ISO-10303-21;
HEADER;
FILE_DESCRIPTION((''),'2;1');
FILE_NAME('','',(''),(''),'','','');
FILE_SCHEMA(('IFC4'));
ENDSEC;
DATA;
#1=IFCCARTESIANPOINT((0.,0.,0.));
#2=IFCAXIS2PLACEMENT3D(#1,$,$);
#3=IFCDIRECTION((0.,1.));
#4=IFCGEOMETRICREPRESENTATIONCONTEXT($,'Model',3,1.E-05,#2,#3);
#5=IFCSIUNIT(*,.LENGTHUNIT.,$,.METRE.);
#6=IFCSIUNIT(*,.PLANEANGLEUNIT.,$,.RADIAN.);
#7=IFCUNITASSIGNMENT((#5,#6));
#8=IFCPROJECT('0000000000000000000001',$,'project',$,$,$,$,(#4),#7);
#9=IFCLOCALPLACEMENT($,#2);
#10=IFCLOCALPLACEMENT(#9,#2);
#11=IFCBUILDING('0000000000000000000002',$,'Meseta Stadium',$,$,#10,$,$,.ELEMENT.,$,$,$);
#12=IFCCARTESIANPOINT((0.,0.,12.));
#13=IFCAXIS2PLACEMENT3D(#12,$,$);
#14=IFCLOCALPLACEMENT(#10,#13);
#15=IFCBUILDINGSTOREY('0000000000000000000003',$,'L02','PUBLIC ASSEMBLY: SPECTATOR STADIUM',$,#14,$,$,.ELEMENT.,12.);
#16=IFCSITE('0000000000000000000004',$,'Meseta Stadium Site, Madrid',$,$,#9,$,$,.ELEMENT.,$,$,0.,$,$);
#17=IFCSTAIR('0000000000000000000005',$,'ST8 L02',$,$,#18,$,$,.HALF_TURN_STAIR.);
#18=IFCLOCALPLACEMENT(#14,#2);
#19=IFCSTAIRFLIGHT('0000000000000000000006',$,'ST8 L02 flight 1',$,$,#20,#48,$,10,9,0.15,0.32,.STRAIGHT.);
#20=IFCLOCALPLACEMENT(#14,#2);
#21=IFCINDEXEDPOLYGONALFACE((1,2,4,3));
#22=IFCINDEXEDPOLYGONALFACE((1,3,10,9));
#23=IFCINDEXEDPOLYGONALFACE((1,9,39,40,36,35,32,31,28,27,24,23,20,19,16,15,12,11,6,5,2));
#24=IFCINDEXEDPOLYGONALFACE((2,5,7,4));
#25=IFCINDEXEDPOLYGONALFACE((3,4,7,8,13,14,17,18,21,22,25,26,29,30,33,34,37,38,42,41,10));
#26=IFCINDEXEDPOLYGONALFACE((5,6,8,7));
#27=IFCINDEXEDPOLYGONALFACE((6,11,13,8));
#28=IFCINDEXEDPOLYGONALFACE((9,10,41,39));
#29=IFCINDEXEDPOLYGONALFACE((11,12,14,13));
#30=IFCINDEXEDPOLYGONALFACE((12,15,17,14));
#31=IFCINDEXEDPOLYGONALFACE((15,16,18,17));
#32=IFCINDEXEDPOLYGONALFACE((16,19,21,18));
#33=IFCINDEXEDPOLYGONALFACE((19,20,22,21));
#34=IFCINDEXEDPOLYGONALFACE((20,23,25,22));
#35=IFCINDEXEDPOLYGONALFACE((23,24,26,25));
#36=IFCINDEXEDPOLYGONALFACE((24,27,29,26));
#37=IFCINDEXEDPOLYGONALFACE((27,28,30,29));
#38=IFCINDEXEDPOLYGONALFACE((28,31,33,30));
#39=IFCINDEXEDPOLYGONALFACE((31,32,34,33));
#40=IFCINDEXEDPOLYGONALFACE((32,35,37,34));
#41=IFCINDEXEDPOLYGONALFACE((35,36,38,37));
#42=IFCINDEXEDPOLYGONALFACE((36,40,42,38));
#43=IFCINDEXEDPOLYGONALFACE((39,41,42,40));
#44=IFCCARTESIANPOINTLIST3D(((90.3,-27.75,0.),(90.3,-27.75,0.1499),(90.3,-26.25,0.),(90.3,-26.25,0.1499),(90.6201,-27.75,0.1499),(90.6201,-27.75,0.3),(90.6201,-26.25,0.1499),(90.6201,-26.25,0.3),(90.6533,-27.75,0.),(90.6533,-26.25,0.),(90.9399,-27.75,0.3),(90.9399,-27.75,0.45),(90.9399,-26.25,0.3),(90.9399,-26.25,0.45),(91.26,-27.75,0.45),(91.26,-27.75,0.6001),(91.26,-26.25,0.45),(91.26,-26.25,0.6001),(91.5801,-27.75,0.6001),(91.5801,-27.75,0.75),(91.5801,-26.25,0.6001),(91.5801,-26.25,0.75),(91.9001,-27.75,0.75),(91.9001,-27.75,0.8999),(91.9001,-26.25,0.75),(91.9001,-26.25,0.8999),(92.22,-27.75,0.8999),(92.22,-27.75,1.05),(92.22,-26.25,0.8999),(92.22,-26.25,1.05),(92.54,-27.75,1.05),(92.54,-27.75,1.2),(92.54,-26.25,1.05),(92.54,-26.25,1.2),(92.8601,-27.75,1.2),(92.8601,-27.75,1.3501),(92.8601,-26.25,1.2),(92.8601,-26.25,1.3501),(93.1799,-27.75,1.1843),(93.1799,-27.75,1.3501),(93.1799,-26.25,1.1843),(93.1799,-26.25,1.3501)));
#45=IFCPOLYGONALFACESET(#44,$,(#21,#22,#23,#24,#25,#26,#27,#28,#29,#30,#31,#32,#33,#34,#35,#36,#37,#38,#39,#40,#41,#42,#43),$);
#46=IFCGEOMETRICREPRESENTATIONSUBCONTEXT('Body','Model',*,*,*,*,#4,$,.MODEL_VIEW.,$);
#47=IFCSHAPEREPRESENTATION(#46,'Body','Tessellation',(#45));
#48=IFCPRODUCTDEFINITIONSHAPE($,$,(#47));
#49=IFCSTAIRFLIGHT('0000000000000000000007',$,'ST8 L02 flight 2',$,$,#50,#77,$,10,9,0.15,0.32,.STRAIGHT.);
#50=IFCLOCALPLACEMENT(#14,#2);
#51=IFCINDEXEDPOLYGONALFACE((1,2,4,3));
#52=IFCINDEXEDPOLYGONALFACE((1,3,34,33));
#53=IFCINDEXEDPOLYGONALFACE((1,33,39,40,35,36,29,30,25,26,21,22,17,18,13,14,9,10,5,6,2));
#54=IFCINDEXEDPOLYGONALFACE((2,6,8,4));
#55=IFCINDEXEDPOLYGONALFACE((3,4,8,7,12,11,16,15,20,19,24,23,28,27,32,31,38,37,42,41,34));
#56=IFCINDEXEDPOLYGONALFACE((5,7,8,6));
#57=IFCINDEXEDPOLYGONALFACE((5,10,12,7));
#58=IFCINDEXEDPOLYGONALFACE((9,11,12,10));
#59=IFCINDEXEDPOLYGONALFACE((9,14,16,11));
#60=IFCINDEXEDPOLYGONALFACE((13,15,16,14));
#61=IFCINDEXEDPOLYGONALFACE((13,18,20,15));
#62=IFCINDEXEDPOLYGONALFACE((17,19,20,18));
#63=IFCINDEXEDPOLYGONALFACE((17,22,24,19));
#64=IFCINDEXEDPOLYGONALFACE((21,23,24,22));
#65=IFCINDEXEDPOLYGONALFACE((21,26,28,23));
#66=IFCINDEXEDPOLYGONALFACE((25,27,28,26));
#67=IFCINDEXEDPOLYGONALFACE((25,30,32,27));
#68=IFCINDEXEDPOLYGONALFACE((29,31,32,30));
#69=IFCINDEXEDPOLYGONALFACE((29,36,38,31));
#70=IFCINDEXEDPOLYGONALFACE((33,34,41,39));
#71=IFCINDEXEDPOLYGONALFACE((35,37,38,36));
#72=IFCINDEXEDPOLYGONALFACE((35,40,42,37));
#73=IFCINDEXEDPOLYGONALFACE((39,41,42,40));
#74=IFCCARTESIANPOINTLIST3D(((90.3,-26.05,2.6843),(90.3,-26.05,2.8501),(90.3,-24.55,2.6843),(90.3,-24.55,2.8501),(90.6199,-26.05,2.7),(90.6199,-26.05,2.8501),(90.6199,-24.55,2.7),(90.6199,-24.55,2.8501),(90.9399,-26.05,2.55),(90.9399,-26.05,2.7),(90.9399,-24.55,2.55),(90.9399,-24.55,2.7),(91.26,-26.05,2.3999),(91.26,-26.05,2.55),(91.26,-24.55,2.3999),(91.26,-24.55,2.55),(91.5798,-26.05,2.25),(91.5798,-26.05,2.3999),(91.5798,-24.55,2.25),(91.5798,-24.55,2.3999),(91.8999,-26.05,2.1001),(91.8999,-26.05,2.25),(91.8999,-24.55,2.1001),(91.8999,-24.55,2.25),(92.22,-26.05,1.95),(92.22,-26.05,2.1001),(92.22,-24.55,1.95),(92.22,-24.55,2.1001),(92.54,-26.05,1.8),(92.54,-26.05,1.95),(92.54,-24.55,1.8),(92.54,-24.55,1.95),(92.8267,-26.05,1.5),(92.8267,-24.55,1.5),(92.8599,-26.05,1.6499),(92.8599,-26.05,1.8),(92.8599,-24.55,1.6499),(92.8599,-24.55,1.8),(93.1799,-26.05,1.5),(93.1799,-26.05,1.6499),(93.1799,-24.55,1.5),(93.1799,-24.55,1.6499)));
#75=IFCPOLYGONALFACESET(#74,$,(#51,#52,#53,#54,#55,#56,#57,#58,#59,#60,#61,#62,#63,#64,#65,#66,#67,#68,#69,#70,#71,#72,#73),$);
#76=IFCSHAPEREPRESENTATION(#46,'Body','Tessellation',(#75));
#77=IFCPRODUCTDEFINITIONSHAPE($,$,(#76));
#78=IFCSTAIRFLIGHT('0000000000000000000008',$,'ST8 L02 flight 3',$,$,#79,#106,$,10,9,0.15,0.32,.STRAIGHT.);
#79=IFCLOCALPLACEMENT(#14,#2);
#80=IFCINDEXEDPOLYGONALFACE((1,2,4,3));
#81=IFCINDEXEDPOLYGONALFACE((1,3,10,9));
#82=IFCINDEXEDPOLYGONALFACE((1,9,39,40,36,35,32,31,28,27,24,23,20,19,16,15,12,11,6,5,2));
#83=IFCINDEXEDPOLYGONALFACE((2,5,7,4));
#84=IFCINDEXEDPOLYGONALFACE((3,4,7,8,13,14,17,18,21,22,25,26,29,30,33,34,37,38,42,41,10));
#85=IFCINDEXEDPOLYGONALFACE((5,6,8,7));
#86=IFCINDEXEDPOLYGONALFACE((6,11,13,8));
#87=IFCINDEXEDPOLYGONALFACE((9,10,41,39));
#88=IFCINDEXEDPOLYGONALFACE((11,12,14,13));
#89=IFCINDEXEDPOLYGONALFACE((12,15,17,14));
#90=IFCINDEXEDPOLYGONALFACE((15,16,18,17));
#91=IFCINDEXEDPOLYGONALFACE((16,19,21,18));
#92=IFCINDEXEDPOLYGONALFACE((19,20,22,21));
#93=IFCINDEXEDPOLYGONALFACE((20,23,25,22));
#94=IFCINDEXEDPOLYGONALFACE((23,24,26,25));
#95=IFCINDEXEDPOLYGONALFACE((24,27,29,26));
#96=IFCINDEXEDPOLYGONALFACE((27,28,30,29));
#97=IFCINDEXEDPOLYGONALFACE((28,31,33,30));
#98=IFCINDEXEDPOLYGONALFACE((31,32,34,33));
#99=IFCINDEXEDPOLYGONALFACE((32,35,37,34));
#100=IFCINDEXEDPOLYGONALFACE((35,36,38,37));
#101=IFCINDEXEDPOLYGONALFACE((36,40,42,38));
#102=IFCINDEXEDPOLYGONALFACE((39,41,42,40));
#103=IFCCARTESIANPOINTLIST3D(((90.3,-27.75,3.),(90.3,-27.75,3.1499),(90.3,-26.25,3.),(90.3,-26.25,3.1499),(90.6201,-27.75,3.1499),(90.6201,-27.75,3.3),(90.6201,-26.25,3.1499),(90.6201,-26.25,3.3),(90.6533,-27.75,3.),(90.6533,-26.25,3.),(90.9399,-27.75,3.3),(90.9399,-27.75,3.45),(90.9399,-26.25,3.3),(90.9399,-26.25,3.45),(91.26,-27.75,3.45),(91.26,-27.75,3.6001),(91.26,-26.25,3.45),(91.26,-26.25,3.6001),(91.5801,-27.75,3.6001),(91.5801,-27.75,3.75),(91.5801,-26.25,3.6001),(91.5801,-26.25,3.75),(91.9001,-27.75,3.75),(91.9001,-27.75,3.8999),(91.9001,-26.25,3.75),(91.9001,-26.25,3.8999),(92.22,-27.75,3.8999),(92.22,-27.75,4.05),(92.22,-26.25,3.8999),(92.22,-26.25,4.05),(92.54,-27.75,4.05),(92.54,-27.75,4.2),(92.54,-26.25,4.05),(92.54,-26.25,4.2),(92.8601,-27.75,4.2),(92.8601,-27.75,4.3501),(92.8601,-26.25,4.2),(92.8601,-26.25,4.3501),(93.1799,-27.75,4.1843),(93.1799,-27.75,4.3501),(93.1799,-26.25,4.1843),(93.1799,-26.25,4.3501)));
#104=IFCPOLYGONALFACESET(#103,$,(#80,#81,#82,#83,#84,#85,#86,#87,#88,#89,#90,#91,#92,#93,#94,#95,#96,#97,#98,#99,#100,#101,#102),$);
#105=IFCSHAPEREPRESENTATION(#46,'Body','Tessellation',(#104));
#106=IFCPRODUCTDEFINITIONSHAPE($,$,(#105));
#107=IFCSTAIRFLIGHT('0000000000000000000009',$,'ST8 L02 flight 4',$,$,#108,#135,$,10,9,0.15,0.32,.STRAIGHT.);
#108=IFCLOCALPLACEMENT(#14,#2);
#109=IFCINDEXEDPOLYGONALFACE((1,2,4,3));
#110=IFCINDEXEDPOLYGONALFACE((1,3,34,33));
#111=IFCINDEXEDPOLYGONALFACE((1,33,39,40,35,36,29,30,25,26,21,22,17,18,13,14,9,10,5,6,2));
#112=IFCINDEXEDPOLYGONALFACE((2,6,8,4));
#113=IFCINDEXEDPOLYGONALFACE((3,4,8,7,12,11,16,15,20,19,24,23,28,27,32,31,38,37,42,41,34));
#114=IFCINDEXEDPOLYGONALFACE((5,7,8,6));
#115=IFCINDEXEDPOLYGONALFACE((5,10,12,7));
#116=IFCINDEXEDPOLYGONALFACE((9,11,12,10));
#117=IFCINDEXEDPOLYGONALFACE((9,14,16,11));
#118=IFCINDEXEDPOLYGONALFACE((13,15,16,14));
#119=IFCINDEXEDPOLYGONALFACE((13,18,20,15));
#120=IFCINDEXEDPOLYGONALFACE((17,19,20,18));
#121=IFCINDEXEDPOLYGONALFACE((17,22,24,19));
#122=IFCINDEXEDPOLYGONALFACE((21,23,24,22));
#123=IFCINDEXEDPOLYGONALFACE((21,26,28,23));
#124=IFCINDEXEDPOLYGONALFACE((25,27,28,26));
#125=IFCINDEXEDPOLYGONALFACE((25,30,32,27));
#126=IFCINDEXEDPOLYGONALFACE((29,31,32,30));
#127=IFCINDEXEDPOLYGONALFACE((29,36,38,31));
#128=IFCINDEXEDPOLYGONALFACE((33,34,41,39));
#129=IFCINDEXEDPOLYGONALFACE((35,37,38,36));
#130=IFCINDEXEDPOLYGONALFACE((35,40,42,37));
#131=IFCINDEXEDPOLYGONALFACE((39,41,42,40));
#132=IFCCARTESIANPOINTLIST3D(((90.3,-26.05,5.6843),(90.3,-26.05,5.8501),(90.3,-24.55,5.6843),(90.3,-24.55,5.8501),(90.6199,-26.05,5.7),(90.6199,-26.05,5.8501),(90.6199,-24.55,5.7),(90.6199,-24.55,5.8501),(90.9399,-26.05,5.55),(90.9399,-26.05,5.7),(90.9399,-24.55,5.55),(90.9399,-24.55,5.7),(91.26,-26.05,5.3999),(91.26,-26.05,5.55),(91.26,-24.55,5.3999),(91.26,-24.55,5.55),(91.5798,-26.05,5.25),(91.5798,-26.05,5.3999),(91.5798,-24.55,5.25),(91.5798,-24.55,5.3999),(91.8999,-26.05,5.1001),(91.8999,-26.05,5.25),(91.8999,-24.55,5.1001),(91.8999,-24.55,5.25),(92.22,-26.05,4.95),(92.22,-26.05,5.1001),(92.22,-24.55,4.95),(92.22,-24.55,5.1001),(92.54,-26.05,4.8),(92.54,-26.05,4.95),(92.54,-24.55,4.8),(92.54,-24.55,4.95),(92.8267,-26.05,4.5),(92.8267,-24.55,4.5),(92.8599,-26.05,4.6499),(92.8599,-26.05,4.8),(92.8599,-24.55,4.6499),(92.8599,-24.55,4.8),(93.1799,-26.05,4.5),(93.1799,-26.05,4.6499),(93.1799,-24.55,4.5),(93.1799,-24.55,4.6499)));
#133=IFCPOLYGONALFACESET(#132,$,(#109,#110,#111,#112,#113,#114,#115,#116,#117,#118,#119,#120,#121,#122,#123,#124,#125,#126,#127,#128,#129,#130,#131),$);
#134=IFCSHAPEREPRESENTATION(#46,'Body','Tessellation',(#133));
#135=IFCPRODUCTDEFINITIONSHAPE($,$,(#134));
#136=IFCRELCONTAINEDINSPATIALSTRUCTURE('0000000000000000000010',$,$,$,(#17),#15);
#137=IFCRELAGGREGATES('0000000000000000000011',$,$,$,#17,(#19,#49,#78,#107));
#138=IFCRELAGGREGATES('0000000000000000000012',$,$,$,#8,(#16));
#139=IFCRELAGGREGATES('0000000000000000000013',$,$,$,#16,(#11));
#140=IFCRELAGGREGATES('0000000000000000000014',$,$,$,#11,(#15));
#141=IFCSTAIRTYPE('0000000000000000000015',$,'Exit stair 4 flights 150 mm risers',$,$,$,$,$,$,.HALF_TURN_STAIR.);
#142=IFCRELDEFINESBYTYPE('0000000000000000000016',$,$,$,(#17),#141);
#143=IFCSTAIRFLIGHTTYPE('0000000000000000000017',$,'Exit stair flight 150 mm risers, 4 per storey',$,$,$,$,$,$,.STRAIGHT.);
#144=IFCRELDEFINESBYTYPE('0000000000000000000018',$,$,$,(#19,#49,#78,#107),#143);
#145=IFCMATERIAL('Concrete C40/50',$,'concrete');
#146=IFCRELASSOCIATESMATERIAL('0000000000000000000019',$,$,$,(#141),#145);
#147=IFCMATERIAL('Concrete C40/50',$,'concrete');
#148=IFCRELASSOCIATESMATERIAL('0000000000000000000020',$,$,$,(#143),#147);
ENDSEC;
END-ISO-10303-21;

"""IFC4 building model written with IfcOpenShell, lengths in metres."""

from ifc_helpers import new_model, si_unit, direction, frame, origin, place, context, subcontext, project, spatial, polyline, outline, extrude, material, type_object, element, aggregate, save


model = new_model("IFC4")

# Units and contexts
model_context = context("Model", 3, precision=1e-05, world=origin(), true_north=direction((0.0, 1.0)))
body_context = subcontext(model_context, "Body", "Model", "MODEL_VIEW")
ifc_project = project(units=[si_unit("LENGTHUNIT", "METRE"), si_unit("PLANEANGLEUNIT", "RADIAN")], contexts=[model_context])

# Site, building, storey
site_placement = place(None, origin())
site = spatial("IfcSite", under=ifc_project, at=site_placement, Name="Meseta Stadium Site, Madrid", CompositionType="ELEMENT", RefElevation=0.0)
building_placement = place(site_placement, origin())
building = spatial("IfcBuilding", under=site, at=building_placement, Name="Meseta Stadium", CompositionType="ELEMENT")
storey_placement = place(building_placement, frame((0.0, 0.0, 12.0)))
storey = spatial("IfcBuildingStorey", under=building, at=storey_placement, Name="L02", Description="PUBLIC ASSEMBLY: SPECTATOR STADIUM", CompositionType="ELEMENT", Elevation=12.0)

# Stair, stair flights
ifc_material_1 = material(Name="Concrete C40/50", Category="concrete")
stair_type = type_object("IfcStairType", Name="Exit stair 4 flights 150 mm risers", PredefinedType="HALF_TURN_STAIR", material=ifc_material_1)
stair_placement = place(storey_placement, origin())
stair = element("IfcStair", 1, at=stair_placement, inside=storey, type_object=stair_type, Name="ST8 L02", PredefinedType="HALF_TURN_STAIR")
ifc_material_2 = material(Name="Concrete C40/50", Category="concrete")
stair_flight_type = type_object("IfcStairFlightType", Name="Exit stair flight 150 mm risers, 4 per storey", PredefinedType="STRAIGHT", material=ifc_material_2)
stair_flight_1_placement = place(storey_placement, frame((90.3, -27.0, 0.0), z_axis=(0.0, 0.0, 1.0), x_axis=(1.0, 0.0, 0.0)))
stair_flight_1 = element("IfcStairFlight", 2, at=stair_flight_1_placement, type_object=stair_flight_type, Name="ST8 L02 flight 1", NumberOfRisers=10, NumberOfTreads=9, PredefinedType="STRAIGHT", RiserHeight=0.15, TreadLength=0.32, context=body_context, shape_type="SweptSolid", body=[
    extrude(outline(polyline([(0.0, 0.0), (0.0, 0.1499), (0.3201, 0.1499), (0.3201, 0.3), (0.6399, 0.3), (0.6399, 0.45), (0.96, 0.45), (0.96, 0.6001), (1.28, 0.6001), (1.28, 0.75), (1.6001, 0.75), (1.6001, 0.8999), (1.9199, 0.8999), (1.9199, 1.05), (2.24, 1.05), (2.24, 1.2), (2.5601, 1.2), (2.5601, 1.3501), (2.8799, 1.3501), (2.8799, 1.1843), (0.3533, 0.0), (0.0, 0.0)])), frame((0.0, 0.75, 0.0), z_axis=(0.0, -1.0, 0.0), x_axis=(1.0, 0.0, 0.0)), (0.0, 0.0, 1.0), 1.5),
])
stair_flight_2_placement = place(storey_placement, frame((93.1799, -25.3, 1.5), z_axis=(0.0, 0.0, 1.0), x_axis=(-1.0, 0.0, 0.0)))
stair_flight_2 = element("IfcStairFlight", 3, at=stair_flight_2_placement, type_object=stair_flight_type, Name="ST8 L02 flight 2", NumberOfRisers=10, NumberOfTreads=9, PredefinedType="STRAIGHT", RiserHeight=0.15, TreadLength=0.32, context=body_context, shape_type="SweptSolid", body=[
    extrude(outline(polyline([(0.0, 0.0), (0.0, 0.1499), (0.3201, 0.1499), (0.3201, 0.3), (0.6399, 0.3), (0.6399, 0.45), (0.96, 0.45), (0.96, 0.6001), (1.28, 0.6001), (1.28, 0.75), (1.6001, 0.75), (1.6001, 0.8999), (1.9199, 0.8999), (1.9199, 1.05), (2.24, 1.05), (2.24, 1.2), (2.5601, 1.2), (2.5601, 1.3501), (2.8799, 1.3501), (2.8799, 1.1843), (0.3533, 0.0), (0.0, 0.0)])), frame((0.0, 0.75, 0.0), z_axis=(0.0, -1.0, 0.0), x_axis=(1.0, 0.0, 0.0)), (0.0, 0.0, 1.0), 1.5),
])
stair_flight_3_placement = place(storey_placement, frame((90.3, -27.0, 3.0), z_axis=(0.0, 0.0, 1.0), x_axis=(1.0, 0.0, 0.0)))
stair_flight_3 = element("IfcStairFlight", 4, at=stair_flight_3_placement, type_object=stair_flight_type, Name="ST8 L02 flight 3", NumberOfRisers=10, NumberOfTreads=9, PredefinedType="STRAIGHT", RiserHeight=0.15, TreadLength=0.32, context=body_context, shape_type="SweptSolid", body=[
    extrude(outline(polyline([(0.0, 0.0), (0.0, 0.1499), (0.3201, 0.1499), (0.3201, 0.3), (0.6399, 0.3), (0.6399, 0.45), (0.96, 0.45), (0.96, 0.6001), (1.28, 0.6001), (1.28, 0.75), (1.6001, 0.75), (1.6001, 0.8999), (1.9199, 0.8999), (1.9199, 1.05), (2.24, 1.05), (2.24, 1.2), (2.5601, 1.2), (2.5601, 1.3501), (2.8799, 1.3501), (2.8799, 1.1843), (0.3533, 0.0), (0.0, 0.0)])), frame((0.0, 0.75, 0.0), z_axis=(0.0, -1.0, 0.0), x_axis=(1.0, 0.0, 0.0)), (0.0, 0.0, 1.0), 1.5),
])
stair_flight_4_placement = place(storey_placement, frame((93.1799, -25.3, 4.5), z_axis=(0.0, 0.0, 1.0), x_axis=(-1.0, 0.0, 0.0)))
stair_flight_4 = element("IfcStairFlight", 5, at=stair_flight_4_placement, type_object=stair_flight_type, Name="ST8 L02 flight 4", NumberOfRisers=10, NumberOfTreads=9, PredefinedType="STRAIGHT", RiserHeight=0.15, TreadLength=0.32, context=body_context, shape_type="SweptSolid", body=[
    extrude(outline(polyline([(0.0, 0.0), (0.0, 0.1499), (0.3201, 0.1499), (0.3201, 0.3), (0.6399, 0.3), (0.6399, 0.45), (0.96, 0.45), (0.96, 0.6001), (1.28, 0.6001), (1.28, 0.75), (1.6001, 0.75), (1.6001, 0.8999), (1.9199, 0.8999), (1.9199, 1.05), (2.24, 1.05), (2.24, 1.2), (2.5601, 1.2), (2.5601, 1.3501), (2.8799, 1.3501), (2.8799, 1.1843), (0.3533, 0.0), (0.0, 0.0)])), frame((0.0, 0.75, 0.0), z_axis=(0.0, -1.0, 0.0), x_axis=(1.0, 0.0, 0.0)), (0.0, 0.0, 1.0), 1.5),
])
aggregate(stair, [stair_flight_1, stair_flight_2, stair_flight_3, stair_flight_4])

save(model, "model.ifc")
